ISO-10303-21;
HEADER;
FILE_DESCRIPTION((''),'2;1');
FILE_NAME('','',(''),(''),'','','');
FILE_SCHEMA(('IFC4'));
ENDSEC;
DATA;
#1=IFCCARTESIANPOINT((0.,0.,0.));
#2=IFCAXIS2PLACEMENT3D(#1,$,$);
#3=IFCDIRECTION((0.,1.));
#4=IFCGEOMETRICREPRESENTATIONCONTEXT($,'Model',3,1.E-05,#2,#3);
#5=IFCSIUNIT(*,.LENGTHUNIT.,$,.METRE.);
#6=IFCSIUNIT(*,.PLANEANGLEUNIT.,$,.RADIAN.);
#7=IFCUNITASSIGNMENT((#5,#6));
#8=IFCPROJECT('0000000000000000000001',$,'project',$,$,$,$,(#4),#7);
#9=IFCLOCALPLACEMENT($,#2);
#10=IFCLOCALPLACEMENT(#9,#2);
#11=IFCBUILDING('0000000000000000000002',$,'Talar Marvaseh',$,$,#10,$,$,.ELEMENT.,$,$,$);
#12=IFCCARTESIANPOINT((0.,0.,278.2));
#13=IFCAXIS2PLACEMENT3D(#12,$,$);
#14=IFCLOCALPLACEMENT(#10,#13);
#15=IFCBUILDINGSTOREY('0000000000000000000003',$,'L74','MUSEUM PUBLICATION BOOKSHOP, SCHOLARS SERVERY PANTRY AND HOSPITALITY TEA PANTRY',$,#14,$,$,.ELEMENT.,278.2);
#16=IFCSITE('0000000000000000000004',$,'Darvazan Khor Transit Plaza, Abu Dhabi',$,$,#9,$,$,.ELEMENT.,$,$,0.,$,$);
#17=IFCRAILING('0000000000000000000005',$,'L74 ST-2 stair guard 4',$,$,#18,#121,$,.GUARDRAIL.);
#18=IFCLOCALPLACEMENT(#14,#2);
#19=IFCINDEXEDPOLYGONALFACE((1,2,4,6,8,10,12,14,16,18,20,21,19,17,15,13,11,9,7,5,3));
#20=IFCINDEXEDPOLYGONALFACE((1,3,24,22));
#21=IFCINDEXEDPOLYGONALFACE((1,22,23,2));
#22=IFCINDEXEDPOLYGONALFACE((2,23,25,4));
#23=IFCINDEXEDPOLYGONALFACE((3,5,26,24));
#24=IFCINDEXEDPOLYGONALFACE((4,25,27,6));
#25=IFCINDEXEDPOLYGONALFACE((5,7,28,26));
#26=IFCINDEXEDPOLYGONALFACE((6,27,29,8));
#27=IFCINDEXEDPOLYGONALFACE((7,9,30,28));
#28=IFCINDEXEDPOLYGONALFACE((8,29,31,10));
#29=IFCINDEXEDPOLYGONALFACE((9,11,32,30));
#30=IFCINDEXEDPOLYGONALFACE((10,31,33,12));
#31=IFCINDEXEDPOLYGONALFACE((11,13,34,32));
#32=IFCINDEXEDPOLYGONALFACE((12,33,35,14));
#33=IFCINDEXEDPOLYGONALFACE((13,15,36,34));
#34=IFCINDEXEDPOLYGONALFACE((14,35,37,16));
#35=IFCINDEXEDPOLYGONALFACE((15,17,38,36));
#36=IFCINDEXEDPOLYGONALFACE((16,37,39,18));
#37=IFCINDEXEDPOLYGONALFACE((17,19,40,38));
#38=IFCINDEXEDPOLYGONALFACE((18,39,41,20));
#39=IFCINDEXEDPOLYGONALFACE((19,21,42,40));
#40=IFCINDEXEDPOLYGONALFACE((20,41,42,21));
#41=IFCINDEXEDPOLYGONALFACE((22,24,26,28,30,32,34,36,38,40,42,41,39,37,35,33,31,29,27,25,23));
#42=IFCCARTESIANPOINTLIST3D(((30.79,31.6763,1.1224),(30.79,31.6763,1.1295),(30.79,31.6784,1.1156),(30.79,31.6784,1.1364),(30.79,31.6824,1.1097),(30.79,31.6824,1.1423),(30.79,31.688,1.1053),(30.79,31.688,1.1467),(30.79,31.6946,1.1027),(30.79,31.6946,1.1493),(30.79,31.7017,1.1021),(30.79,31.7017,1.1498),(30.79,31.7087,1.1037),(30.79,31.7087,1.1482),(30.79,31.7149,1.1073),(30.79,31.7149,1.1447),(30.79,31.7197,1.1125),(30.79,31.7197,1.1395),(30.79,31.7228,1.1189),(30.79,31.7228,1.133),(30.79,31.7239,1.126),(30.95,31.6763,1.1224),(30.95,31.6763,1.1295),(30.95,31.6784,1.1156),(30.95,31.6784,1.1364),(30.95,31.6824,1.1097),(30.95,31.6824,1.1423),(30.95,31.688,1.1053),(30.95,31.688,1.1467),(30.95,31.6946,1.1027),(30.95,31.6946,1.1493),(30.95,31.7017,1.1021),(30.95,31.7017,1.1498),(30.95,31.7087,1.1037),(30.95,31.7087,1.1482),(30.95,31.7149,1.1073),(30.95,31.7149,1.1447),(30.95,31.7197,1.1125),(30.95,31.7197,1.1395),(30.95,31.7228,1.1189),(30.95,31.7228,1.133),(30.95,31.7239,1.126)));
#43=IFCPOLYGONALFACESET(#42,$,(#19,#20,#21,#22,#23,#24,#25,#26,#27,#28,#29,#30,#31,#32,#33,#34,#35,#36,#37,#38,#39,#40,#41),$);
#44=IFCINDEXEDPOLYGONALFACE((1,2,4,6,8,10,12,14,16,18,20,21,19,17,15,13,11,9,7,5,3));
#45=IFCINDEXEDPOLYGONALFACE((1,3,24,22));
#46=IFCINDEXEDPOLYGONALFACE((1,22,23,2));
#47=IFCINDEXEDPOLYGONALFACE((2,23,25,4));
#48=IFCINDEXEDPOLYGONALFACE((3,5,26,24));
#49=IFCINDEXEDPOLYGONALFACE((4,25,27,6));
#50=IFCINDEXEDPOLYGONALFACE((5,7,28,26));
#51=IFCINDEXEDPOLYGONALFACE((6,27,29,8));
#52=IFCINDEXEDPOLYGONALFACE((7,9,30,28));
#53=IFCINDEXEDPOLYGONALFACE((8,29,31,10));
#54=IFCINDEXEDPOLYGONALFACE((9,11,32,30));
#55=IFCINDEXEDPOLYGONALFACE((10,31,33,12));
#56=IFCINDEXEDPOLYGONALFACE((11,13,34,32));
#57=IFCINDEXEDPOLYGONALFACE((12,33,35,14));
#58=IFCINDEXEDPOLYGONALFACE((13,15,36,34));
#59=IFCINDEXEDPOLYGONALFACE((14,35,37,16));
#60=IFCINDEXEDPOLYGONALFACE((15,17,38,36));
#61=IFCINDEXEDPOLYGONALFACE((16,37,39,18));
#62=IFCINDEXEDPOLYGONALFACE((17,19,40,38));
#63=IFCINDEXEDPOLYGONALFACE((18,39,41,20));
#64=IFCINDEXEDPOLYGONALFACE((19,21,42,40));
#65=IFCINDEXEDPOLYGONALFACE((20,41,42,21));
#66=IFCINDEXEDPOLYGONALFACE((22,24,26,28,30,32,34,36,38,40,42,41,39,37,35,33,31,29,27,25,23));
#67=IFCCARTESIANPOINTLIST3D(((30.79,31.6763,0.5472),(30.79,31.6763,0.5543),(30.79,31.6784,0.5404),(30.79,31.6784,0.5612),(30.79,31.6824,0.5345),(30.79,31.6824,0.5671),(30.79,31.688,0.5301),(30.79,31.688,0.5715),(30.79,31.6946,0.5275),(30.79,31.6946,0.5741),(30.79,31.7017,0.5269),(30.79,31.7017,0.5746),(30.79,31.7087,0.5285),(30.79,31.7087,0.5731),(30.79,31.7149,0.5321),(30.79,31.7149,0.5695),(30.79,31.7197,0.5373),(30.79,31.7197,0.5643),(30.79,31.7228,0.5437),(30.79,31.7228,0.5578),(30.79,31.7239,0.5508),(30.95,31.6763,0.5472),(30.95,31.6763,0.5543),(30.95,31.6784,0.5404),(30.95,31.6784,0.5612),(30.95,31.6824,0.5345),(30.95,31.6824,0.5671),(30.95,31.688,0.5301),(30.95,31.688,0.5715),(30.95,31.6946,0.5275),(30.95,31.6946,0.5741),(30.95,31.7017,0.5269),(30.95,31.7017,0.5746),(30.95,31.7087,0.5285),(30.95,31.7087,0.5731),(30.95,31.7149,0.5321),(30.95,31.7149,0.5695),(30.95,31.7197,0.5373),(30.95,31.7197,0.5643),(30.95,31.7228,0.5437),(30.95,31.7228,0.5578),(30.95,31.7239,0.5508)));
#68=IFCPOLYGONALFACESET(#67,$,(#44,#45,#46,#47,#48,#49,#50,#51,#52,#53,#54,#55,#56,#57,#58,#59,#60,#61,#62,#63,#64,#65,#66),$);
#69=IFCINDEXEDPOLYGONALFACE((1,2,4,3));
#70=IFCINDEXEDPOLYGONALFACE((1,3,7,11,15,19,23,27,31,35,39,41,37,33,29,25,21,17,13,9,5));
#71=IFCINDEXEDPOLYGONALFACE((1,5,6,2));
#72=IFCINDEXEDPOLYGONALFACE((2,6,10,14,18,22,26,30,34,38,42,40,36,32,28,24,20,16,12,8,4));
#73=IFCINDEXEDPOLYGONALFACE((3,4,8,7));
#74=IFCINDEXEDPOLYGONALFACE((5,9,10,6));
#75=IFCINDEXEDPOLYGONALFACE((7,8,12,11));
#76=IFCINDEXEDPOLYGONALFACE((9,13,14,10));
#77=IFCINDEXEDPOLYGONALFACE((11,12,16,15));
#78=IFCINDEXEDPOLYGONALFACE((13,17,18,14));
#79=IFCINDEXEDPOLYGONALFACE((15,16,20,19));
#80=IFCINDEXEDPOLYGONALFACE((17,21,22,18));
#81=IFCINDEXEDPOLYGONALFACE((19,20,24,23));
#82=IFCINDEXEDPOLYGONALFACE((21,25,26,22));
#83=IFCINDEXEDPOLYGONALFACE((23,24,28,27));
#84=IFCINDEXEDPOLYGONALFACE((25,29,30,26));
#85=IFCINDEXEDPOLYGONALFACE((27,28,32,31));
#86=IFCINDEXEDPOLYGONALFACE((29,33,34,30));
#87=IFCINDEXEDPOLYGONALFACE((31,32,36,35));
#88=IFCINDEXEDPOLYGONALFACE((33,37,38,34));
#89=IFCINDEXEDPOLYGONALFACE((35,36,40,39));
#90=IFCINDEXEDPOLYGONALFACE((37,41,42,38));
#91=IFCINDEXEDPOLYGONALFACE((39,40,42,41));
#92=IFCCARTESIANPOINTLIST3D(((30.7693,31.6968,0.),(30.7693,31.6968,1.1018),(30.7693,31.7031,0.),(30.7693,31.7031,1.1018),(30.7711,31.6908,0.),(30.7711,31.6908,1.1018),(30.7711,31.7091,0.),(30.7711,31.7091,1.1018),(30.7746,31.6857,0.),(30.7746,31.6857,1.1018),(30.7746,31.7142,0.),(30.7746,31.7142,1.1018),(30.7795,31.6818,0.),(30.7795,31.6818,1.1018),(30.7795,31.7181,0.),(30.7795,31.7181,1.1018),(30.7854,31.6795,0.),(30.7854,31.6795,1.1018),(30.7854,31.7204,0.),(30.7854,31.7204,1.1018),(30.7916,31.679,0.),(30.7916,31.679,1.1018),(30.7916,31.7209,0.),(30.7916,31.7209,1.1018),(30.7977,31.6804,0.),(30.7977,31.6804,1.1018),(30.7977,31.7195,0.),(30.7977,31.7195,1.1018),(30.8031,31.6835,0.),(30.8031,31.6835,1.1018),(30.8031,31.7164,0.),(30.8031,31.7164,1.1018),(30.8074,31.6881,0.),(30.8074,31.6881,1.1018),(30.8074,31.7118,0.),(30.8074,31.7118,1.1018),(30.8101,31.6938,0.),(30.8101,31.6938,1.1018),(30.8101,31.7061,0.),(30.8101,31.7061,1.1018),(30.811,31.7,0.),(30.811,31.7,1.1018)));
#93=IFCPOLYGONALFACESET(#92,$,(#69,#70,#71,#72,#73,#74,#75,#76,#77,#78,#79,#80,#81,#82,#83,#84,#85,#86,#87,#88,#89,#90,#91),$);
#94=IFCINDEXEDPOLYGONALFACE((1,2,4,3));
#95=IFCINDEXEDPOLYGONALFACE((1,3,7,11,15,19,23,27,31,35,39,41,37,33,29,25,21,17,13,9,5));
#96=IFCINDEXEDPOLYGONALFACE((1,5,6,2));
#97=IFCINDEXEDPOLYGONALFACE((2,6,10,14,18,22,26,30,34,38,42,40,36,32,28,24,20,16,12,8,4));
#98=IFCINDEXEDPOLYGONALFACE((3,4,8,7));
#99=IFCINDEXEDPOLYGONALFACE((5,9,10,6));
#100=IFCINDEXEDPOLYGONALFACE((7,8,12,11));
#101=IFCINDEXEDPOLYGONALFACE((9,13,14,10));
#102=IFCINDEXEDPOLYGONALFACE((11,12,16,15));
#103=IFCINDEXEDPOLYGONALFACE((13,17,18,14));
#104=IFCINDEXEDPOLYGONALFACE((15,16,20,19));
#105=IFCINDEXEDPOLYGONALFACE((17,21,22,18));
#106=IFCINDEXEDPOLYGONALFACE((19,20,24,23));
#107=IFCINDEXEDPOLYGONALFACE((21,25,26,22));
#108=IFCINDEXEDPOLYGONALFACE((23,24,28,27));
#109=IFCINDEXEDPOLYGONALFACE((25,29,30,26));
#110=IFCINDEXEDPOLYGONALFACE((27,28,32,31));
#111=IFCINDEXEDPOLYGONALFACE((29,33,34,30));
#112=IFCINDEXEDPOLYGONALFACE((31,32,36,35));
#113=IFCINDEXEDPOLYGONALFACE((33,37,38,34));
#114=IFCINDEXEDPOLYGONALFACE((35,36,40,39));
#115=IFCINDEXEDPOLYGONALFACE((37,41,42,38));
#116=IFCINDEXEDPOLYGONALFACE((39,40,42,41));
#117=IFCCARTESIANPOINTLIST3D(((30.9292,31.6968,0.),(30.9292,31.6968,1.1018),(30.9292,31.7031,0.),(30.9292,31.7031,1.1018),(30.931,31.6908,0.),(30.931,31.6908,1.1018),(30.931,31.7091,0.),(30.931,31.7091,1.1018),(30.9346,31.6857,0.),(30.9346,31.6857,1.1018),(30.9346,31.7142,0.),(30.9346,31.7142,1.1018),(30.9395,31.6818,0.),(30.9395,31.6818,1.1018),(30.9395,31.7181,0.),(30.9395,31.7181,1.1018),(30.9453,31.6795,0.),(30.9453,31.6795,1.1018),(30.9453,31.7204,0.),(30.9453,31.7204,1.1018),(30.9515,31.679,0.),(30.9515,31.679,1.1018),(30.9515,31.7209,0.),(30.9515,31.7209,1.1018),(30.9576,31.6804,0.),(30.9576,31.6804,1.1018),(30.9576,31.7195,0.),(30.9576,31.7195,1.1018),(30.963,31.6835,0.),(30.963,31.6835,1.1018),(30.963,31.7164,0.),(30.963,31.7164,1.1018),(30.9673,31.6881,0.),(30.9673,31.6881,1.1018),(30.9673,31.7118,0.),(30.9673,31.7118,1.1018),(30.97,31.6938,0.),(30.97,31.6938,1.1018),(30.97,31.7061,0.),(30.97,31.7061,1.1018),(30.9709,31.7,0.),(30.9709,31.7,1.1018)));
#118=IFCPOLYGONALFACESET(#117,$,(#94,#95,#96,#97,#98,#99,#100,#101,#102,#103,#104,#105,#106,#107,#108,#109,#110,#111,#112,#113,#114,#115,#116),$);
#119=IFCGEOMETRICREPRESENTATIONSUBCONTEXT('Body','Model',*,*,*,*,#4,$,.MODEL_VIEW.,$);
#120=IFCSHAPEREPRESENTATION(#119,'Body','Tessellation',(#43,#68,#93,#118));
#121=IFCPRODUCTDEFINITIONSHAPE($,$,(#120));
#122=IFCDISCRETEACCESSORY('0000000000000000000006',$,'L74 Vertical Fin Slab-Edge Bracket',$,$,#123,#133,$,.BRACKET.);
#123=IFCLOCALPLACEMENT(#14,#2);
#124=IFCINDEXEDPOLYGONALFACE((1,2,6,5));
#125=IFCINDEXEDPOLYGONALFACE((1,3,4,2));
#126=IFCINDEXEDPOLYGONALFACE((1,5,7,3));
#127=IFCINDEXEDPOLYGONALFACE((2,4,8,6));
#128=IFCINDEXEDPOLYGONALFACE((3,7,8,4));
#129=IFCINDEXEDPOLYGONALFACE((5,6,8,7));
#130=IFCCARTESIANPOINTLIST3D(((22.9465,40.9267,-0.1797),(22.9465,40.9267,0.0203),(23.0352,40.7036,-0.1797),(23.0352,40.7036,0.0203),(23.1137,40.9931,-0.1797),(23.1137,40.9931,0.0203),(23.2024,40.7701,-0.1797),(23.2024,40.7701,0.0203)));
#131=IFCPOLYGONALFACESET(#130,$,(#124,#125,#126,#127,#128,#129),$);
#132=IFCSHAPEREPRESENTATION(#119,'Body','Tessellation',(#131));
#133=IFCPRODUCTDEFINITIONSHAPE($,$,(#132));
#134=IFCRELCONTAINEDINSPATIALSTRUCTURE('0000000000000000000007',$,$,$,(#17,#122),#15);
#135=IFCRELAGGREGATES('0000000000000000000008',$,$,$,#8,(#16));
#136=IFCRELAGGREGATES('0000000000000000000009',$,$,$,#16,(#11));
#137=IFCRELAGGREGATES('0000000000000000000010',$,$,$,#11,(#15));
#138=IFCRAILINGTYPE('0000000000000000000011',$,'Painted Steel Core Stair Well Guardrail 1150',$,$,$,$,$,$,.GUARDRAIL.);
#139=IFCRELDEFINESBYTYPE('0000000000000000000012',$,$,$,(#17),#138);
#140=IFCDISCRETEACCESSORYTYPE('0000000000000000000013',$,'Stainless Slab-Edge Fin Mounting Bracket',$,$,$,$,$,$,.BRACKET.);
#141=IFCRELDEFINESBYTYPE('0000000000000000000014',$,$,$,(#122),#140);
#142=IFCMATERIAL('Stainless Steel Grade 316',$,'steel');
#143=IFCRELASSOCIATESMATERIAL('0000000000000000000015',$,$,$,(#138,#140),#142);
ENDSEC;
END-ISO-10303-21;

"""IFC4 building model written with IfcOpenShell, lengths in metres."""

from ifc_helpers import new_model, si_unit, direction, frame, origin, origin_2d, place, context, subcontext, project, spatial, rectangle, circle, extrude, source, transform, mapped, material, type_object, type_shapes, element, save


model = new_model("IFC4")

# Units and contexts
model_context = context("Model", 3, precision=1e-05, world=origin(), true_north=direction((0.0, 1.0)))
body_context = subcontext(model_context, "Body", "Model", "MODEL_VIEW")
ifc_project = project(units=[si_unit("LENGTHUNIT", "METRE"), si_unit("PLANEANGLEUNIT", "RADIAN")], contexts=[model_context])

# Site, building, storey
site_placement = place(None, origin())
site = spatial("IfcSite", under=ifc_project, at=site_placement, Name="Darvazan Khor Transit Plaza, Abu Dhabi", CompositionType="ELEMENT", RefElevation=0.0)
building_placement = place(site_placement, origin())
building = spatial("IfcBuilding", under=site, at=building_placement, Name="Talar Marvaseh", CompositionType="ELEMENT")
storey_placement = place(building_placement, frame((0.0, 0.0, 278.2)))
storey = spatial("IfcBuildingStorey", under=building, at=storey_placement, Name="L74", Description="MUSEUM PUBLICATION BOOKSHOP, SCHOLARS SERVERY PANTRY AND HOSPITALITY TEA PANTRY", CompositionType="ELEMENT", Elevation=278.2)

# Shared definitions
ifc_material_1 = material(Name="Stainless Steel Grade 316", Category="steel")

# Railing
railing_type_1 = type_object("IfcRailingType", Name="Painted Steel Core Stair Well Guardrail 1150", PredefinedType="GUARDRAIL", material=ifc_material_1)
railing_1_placement = place(storey_placement, frame((30.79, 31.7, 0.0)))
element("IfcRailing", 1, at=railing_1_placement, inside=storey, type_object=railing_type_1, Name="L74 ST-2 stair guard 4", PredefinedType="GUARDRAIL", context=body_context, shape_type="SweptSolid", body=[
    extrude(circle(Radius=0.0239, at=origin_2d()), frame((0.0, 0.0, 1.126), z_axis=(1.0, 0.0, 0.0), x_axis=(0.0, 1.0, 0.0)), (0.0, 0.0, 1.0), 0.1599),
    extrude(circle(Radius=0.0239, at=origin_2d()), frame((0.0, 0.0, 0.5508), z_axis=(1.0, 0.0, 0.0), x_axis=(0.0, 1.0, 0.0)), (0.0, 0.0, 1.0), 0.1599),
    extrude(circle(Radius=0.021, at=origin_2d()), origin(), (0.0, 0.0, 1.0), 1.1018),
    extrude(circle(Radius=0.021, at=origin_2d()), frame((0.1599, 0.0, 0.0)), (0.0, 0.0, 1.0), 1.1018),
])

# Discrete accessory
discrete_accessory_type = type_object("IfcDiscreteAccessoryType", Name="Stainless Slab-Edge Fin Mounting Bracket", PredefinedType="BRACKET", material=ifc_material_1)
shared_shape_1 = source(origin(), body_context, "Body", "SweptSolid", [
    extrude(rectangle(XDim=0.24, YDim=0.1799, at=origin_2d()), origin(), (0.0, 0.0, 1.0), 0.2),
])
type_shapes(discrete_accessory_type, [shared_shape_1])
discrete_accessory_placement = place(storey_placement, frame((23.0745, 40.8484, -0.1797), z_axis=(0.0, 0.0, 1.0), x_axis=(-0.369422, 0.929262, 0.0)))
element("IfcDiscreteAccessory", 2, at=discrete_accessory_placement, inside=storey, type_object=discrete_accessory_type, Name="L74 Vertical Fin Slab-Edge Bracket", PredefinedType="BRACKET", context=body_context, shape_type="MappedRepresentation", body=[
    mapped(shared_shape_1, transform((0.0, 0.0, 0.0), x_axis=(1.0, 0.0, 0.0), y_axis=(0.0, 1.0, 0.0), z_axis=(0.0, 0.0, 1.0), scale=1.0)),
])

save(model, "model.ifc")
